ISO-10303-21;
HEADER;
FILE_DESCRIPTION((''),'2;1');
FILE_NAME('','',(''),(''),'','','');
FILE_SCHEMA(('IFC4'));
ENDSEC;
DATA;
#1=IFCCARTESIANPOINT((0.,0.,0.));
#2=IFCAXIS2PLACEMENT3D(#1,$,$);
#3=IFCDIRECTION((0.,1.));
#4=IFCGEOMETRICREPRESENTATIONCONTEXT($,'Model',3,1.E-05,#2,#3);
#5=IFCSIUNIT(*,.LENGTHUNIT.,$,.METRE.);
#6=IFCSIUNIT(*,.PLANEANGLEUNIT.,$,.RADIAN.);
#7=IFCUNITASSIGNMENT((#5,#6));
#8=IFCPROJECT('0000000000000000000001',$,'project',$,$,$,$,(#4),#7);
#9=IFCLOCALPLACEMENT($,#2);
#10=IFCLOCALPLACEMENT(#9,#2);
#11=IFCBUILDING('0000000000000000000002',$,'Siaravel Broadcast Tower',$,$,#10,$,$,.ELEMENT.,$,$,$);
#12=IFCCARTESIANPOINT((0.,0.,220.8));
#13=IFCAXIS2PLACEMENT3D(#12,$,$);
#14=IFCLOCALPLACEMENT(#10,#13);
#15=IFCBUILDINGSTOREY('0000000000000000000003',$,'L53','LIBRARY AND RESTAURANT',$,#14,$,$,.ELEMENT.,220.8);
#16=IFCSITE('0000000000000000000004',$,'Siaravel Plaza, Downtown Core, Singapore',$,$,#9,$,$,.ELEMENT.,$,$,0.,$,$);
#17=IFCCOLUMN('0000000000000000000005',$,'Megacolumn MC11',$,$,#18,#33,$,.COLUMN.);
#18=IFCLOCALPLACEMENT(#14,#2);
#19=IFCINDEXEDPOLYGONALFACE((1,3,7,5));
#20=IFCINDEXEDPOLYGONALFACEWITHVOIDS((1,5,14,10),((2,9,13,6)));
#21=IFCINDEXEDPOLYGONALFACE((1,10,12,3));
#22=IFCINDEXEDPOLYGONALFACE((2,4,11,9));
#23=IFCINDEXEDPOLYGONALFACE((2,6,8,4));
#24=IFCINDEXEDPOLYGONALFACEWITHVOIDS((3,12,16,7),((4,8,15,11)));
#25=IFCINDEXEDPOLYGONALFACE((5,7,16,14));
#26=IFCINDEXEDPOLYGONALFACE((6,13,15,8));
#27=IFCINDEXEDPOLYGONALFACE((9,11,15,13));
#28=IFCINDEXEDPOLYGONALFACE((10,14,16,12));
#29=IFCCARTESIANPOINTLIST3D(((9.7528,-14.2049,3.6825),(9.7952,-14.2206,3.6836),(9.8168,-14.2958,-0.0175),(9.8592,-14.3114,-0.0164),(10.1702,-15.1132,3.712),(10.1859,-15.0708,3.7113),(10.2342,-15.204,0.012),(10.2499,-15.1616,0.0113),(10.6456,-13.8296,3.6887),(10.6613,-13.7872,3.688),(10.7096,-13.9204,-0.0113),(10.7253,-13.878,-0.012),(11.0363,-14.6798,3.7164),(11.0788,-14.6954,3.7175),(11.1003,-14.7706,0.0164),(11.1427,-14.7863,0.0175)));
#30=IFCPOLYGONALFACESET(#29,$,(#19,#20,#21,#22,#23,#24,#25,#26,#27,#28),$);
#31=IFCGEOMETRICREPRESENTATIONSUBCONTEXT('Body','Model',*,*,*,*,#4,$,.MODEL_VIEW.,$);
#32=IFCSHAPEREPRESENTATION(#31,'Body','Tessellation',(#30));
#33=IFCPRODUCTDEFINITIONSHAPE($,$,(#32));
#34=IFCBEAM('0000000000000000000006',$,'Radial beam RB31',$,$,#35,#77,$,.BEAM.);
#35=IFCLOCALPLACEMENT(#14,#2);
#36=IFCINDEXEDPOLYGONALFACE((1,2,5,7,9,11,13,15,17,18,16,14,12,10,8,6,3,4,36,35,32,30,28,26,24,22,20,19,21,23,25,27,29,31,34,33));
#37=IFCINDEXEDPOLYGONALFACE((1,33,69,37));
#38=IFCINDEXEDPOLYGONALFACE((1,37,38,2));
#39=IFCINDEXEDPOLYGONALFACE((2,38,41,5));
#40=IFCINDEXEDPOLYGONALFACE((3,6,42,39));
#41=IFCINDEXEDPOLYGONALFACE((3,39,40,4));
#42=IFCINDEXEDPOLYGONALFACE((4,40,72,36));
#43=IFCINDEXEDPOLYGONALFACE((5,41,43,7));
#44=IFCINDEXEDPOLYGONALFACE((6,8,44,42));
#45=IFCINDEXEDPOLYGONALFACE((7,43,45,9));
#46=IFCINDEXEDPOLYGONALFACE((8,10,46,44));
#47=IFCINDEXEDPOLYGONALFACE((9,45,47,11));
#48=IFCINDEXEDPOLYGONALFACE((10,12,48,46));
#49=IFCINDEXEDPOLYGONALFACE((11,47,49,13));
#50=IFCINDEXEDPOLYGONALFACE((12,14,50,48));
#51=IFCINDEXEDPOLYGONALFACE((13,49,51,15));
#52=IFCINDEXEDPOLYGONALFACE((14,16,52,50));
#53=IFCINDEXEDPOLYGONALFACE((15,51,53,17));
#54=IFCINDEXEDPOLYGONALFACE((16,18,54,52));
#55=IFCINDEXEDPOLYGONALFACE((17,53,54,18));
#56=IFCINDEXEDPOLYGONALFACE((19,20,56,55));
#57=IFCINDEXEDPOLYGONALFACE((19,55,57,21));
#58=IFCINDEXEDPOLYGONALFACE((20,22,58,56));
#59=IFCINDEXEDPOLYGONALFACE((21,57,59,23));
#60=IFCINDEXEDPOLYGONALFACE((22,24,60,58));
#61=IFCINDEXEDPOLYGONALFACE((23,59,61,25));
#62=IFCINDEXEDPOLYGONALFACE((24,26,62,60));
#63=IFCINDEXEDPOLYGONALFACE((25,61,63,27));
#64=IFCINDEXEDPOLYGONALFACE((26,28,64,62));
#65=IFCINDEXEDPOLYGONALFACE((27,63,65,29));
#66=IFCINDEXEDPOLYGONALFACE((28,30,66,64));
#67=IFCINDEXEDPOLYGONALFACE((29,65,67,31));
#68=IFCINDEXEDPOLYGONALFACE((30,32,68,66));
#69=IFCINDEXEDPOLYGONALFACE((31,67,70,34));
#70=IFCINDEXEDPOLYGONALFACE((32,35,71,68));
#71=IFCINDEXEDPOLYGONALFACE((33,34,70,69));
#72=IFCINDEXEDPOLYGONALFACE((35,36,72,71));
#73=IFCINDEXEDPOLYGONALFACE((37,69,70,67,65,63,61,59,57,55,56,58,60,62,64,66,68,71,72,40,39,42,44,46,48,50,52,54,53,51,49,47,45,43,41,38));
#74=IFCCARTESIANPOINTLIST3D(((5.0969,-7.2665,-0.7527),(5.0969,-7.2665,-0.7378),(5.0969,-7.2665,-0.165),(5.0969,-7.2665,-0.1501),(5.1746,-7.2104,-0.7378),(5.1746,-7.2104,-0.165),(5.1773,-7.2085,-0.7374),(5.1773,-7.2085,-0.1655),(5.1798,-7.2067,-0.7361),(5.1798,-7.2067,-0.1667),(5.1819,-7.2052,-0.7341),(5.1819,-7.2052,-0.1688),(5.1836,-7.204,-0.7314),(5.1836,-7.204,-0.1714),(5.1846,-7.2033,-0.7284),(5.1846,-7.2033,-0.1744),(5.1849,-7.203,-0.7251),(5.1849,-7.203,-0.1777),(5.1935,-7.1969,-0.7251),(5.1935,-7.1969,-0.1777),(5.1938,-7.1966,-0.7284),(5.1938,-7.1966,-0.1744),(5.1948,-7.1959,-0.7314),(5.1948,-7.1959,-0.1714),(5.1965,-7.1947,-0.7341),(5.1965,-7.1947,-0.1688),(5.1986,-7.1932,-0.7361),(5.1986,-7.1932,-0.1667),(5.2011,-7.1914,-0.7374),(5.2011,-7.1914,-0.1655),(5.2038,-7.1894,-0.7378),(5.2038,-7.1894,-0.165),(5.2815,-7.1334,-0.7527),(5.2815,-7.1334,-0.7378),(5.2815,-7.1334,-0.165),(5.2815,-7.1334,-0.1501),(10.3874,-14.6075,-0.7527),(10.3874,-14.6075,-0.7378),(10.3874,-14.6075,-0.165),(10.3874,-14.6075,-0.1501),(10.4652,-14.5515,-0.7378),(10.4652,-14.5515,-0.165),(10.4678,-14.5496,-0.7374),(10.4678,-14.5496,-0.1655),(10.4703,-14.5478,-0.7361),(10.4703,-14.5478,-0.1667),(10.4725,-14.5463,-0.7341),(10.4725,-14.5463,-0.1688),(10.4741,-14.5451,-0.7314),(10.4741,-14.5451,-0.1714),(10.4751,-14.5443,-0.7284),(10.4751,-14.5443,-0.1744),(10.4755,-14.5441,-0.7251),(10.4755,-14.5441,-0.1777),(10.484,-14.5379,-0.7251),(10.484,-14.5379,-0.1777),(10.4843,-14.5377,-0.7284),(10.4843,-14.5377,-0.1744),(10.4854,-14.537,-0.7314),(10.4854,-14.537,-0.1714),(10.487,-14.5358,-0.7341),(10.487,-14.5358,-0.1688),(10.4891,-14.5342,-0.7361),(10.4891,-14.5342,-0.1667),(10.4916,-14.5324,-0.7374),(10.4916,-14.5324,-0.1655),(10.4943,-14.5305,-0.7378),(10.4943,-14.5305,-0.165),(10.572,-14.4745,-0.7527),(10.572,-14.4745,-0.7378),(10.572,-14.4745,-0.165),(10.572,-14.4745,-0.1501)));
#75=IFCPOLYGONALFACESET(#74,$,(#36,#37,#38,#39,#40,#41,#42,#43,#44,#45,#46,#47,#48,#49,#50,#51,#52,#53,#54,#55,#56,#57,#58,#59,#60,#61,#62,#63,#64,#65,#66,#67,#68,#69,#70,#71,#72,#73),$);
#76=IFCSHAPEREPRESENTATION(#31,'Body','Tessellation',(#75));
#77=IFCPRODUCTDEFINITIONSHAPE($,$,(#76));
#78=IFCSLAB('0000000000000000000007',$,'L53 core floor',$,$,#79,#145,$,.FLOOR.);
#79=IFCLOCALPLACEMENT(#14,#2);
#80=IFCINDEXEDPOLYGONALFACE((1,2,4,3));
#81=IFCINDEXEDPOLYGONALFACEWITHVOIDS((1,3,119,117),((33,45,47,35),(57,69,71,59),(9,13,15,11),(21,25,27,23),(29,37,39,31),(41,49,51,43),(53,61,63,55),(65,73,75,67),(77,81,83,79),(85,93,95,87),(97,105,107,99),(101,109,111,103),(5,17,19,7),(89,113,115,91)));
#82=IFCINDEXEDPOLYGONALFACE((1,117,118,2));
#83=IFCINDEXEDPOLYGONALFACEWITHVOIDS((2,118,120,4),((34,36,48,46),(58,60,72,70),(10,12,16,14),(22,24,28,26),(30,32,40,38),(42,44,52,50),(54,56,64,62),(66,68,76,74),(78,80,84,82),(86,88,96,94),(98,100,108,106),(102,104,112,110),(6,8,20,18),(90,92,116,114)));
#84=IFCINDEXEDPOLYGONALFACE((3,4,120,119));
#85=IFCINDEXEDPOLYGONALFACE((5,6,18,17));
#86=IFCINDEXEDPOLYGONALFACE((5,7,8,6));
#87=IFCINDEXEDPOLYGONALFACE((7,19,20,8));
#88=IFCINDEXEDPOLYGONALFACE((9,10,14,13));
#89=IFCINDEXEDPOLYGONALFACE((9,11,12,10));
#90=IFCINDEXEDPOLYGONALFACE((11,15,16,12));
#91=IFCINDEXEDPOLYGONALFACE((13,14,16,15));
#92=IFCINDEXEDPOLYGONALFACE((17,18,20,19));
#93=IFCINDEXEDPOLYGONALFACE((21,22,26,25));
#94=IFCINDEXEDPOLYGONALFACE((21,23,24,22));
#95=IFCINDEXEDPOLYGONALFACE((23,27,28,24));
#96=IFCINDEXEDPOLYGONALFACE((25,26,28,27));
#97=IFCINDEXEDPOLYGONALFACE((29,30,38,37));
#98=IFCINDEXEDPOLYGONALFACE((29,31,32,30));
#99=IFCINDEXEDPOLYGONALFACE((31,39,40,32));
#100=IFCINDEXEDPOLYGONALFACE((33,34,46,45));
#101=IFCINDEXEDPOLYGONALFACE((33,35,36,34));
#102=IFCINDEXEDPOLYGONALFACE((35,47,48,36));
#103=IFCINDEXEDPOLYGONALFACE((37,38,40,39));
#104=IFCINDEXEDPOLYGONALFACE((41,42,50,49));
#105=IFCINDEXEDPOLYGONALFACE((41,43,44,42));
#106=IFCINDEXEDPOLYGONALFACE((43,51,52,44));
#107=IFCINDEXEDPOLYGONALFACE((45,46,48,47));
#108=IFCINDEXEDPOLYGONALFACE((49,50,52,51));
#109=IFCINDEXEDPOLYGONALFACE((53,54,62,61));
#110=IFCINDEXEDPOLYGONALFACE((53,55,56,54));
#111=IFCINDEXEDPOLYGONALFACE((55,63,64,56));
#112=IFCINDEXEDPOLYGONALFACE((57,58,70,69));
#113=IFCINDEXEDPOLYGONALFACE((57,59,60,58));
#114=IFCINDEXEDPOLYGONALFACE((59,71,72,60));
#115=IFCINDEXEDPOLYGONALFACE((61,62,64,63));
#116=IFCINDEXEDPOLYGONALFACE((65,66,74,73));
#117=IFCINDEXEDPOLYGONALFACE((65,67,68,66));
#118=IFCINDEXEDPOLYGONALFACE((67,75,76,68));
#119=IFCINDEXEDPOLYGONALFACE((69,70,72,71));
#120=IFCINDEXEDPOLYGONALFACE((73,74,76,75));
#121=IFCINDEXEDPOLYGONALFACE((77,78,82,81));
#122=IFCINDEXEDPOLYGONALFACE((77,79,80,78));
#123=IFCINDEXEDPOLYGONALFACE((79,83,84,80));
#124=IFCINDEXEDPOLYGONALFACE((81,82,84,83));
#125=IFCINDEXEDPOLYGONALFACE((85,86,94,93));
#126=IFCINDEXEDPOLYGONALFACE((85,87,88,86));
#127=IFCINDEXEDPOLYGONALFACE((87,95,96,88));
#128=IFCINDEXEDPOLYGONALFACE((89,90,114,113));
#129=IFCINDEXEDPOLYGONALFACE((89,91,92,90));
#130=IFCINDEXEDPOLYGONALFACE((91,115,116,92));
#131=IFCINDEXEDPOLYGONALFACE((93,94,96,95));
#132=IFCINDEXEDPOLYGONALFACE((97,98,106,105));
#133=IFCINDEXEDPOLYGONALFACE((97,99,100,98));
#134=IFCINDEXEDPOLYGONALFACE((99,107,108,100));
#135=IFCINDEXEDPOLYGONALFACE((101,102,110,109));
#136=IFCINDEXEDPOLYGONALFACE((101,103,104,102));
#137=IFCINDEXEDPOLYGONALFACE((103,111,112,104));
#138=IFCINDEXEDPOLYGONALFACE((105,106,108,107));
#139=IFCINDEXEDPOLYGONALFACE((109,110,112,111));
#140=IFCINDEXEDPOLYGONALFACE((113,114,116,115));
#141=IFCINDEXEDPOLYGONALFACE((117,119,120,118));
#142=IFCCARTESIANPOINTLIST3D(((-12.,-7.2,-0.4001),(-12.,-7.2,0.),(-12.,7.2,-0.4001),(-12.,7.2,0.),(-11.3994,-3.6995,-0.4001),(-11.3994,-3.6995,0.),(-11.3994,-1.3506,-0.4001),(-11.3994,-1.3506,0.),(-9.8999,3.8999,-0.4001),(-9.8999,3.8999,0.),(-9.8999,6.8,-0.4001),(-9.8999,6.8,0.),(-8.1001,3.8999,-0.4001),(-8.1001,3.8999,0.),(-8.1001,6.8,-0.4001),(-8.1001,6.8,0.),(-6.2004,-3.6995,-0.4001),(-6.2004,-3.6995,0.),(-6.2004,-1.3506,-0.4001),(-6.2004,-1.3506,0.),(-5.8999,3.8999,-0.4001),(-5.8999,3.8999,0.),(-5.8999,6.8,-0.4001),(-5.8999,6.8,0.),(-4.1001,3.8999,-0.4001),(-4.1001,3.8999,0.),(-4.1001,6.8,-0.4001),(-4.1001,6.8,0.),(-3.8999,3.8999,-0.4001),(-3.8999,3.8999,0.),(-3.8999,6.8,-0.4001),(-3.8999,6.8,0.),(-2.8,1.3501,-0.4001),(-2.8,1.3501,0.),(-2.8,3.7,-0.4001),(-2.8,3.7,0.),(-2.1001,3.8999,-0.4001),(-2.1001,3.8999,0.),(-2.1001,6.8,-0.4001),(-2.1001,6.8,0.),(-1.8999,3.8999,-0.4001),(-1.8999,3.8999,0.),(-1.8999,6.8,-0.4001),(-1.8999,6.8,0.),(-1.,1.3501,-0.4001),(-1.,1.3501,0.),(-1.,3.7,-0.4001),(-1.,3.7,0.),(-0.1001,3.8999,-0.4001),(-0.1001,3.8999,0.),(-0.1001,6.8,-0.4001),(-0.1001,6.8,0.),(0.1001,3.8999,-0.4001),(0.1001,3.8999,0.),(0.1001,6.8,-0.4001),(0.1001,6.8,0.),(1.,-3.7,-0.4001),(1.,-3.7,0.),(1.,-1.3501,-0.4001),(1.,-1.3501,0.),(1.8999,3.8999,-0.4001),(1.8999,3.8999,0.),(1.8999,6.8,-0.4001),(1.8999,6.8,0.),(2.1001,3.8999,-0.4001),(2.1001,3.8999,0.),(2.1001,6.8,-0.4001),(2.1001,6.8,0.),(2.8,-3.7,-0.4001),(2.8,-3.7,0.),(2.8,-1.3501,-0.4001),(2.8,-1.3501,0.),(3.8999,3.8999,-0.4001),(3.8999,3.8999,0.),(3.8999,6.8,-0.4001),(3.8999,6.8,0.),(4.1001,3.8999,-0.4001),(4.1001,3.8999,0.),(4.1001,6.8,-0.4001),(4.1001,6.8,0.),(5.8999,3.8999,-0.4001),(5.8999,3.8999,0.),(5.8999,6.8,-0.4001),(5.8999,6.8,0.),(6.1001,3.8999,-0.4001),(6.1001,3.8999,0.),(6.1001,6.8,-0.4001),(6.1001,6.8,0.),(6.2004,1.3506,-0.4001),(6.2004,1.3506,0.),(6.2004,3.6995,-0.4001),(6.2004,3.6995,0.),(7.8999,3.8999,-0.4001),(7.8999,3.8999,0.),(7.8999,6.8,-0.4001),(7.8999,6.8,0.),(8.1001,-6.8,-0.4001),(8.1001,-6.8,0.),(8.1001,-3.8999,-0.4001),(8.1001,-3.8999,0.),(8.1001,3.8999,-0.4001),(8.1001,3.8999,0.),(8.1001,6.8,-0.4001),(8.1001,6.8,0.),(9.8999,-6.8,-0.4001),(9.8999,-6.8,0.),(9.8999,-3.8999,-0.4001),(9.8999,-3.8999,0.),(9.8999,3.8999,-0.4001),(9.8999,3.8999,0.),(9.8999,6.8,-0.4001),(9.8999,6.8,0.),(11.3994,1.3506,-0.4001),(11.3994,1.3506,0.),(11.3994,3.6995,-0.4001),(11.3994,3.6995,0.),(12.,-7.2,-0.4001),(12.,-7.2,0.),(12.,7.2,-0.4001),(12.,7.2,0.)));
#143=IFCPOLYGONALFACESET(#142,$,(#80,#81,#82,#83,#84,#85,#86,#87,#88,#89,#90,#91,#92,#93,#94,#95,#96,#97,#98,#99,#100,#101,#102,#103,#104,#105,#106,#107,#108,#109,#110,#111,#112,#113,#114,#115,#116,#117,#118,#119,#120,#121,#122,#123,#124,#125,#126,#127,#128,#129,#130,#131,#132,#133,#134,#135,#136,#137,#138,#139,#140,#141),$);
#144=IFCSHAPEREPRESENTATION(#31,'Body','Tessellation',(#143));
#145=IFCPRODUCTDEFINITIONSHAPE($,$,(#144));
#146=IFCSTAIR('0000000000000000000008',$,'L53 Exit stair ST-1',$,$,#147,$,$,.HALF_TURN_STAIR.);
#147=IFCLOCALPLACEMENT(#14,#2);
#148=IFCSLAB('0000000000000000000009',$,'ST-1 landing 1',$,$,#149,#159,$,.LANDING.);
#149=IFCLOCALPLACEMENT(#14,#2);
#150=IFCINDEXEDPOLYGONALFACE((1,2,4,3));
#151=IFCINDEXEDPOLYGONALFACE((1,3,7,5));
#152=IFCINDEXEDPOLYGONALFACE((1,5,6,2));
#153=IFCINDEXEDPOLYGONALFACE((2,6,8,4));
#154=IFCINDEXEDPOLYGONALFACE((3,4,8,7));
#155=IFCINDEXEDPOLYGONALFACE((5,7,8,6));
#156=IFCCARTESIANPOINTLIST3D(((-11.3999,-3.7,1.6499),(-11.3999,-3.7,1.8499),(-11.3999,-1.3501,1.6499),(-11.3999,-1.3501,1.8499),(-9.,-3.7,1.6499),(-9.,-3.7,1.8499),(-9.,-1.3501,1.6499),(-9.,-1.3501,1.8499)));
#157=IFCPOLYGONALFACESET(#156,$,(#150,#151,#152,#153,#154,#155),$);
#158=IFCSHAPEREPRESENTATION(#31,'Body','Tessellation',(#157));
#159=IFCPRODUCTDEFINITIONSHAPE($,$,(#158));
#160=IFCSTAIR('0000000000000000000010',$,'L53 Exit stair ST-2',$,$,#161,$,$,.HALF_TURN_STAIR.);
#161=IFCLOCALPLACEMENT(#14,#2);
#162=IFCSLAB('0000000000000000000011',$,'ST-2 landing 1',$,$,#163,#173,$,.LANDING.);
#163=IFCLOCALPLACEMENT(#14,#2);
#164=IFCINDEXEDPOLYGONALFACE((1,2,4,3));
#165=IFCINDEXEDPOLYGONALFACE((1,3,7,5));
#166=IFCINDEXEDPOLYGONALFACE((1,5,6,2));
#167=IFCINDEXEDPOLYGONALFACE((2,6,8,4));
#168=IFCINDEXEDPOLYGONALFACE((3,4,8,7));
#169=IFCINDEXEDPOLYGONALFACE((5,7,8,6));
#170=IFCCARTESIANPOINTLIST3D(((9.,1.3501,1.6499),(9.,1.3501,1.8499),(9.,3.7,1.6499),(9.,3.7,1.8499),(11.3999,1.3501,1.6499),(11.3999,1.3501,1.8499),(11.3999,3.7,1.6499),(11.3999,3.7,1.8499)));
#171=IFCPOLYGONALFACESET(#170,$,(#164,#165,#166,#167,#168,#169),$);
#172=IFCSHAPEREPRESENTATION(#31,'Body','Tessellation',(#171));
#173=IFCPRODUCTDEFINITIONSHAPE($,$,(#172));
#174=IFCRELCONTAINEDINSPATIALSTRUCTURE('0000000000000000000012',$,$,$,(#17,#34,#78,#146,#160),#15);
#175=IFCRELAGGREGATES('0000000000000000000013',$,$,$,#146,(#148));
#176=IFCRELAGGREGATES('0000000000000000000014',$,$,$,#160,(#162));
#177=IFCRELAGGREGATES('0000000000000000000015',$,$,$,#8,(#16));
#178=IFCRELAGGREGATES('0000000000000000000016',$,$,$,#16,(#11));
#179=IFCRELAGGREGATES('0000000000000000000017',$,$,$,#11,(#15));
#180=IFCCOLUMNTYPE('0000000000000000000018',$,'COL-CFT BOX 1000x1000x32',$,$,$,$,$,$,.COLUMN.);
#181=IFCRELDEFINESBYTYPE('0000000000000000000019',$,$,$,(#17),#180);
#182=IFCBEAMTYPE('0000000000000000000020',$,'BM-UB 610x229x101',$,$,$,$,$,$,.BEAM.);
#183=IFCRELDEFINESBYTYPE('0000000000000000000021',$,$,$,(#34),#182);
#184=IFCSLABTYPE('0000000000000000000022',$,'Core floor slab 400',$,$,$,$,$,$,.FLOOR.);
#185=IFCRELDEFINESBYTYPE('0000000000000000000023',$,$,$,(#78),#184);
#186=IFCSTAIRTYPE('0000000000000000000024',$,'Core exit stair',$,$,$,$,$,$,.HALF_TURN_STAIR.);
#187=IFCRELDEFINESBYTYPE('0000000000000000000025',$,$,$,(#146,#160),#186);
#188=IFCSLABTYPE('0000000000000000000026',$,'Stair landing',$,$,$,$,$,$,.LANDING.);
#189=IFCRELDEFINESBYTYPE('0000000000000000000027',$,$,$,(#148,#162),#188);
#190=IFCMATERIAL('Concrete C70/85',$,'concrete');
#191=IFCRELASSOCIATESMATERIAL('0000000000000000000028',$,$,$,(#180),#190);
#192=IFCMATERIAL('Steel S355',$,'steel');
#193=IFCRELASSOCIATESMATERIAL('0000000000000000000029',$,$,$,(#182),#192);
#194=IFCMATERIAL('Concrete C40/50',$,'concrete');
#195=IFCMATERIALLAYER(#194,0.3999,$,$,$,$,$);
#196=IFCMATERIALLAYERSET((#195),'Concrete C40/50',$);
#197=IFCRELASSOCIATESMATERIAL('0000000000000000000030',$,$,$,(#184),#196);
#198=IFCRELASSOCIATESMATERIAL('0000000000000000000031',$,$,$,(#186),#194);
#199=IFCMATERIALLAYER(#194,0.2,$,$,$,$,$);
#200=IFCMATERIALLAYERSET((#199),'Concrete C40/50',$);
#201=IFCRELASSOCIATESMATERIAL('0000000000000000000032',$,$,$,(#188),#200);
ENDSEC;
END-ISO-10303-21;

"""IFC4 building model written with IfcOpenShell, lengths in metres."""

from ifc_helpers import new_model, si_unit, direction, frame, origin, origin_2d, place, context, subcontext, project, spatial, polyline, hollow_rectangle, i_section, outline, extrude, material, layer, layer_set, material_profile, profile_set, type_object, element, aggregate, save


model = new_model("IFC4")

# Units and contexts
model_context = context("Model", 3, precision=1e-05, world=origin(), true_north=direction((0.0, 1.0)))
body_context = subcontext(model_context, "Body", "Model", "MODEL_VIEW")
ifc_project = project(units=[si_unit("LENGTHUNIT", "METRE"), si_unit("PLANEANGLEUNIT", "RADIAN")], contexts=[model_context])

# Site, building, storey
site_placement = place(None, origin())
site = spatial("IfcSite", under=ifc_project, at=site_placement, Name="Siaravel Plaza, Downtown Core, Singapore", CompositionType="ELEMENT", RefElevation=0.0)
building_placement = place(site_placement, origin())
building = spatial("IfcBuilding", under=site, at=building_placement, Name="Siaravel Broadcast Tower", CompositionType="ELEMENT")
storey_placement = place(building_placement, frame((0.0, 0.0, 220.8)))
storey = spatial("IfcBuildingStorey", under=building, at=storey_placement, Name="L53", Description="LIBRARY AND RESTAURANT", CompositionType="ELEMENT", Elevation=220.8)

# Column
ifc_material_1 = material(Name="Concrete C70/85", Category="concrete")
ifc_material_profile_1 = material_profile(ifc_material_1, hollow_rectangle(XDim=1.0, YDim=1.0, WallThickness=0.032, at=origin_2d()))
ifc_profile_set_1 = profile_set([ifc_material_profile_1], Name="Concrete C70/85")
column_type = type_object("IfcColumnType", Name="COL-CFT BOX 1000x1000x32", PredefinedType="COLUMN", material=ifc_profile_set_1)
column_placement = place(storey_placement, frame((10.4797, -14.541, 0.0), z_axis=(-0.01728, 0.024535, 0.99955), x_axis=(-0.908555, -0.417729, -0.005453)))
element("IfcColumn", 1, at=column_placement, inside=storey, type_object=column_type, Name="Megacolumn MC11", PredefinedType="COLUMN", context=body_context, shape_type="SweptSolid", body=[
    extrude(hollow_rectangle(XDim=1.0, YDim=1.0, WallThickness=0.032, at=origin_2d()), origin(), (0.0, 0.0, 1.0), 3.7017),
])

# Beam
ifc_material_2 = material(Name="Steel S355", Category="steel")
ifc_material_profile_2 = material_profile(ifc_material_2, i_section(OverallWidth=0.2275, OverallDepth=0.6025, WebThickness=0.0105, FlangeThickness=0.0149, FilletRadius=0.0127, at=origin_2d()))
ifc_profile_set_2 = profile_set([ifc_material_profile_2], Name="Steel S355")
beam_type = type_object("IfcBeamType", Name="BM-UB 610x229x101", PredefinedType="BEAM", material=ifc_profile_set_2)
beam_placement = place(storey_placement, frame((10.4797, -14.541, -0.4514), z_axis=(-0.584666, 0.811274, 0.0), x_axis=(-0.811274, -0.584666, 0.0)))
element("IfcBeam", 2, at=beam_placement, inside=storey, type_object=beam_type, Name="Radial beam RB31", PredefinedType="BEAM", context=body_context, shape_type="SweptSolid", body=[
    extrude(i_section(OverallWidth=0.2275, OverallDepth=0.6025, WebThickness=0.0105, FlangeThickness=0.0149, FilletRadius=0.0127, at=origin_2d()), origin(), (0.0, 0.0, 1.0), 9.0488),
])

# Slab
ifc_material_3 = material(Name="Concrete C40/50", Category="concrete")
ifc_layer_1 = layer(ifc_material_3, 0.3999)
ifc_layer_set_1 = layer_set([ifc_layer_1], Name="Concrete C40/50")
slab_type_1 = type_object("IfcSlabType", Name="Core floor slab 400", PredefinedType="FLOOR", material=ifc_layer_set_1)
slab_1_placement = place(storey_placement, frame((0.0, 0.0, -0.4001)))
element("IfcSlab", 3, at=slab_1_placement, inside=storey, type_object=slab_type_1, Name="L53 core floor", PredefinedType="FLOOR", context=body_context, shape_type="SweptSolid", body=[
    extrude(outline(polyline([(-12.0, -7.2), (-12.0, 7.2), (12.0, 7.2), (12.0, -7.2), (-12.0, -7.2)]), holes=[polyline([(11.3994, 1.3506), (11.3994, 3.6995), (6.2004, 3.6995), (6.2004, 1.3506), (11.3994, 1.3506)]), polyline([(8.1001, -3.8999), (8.1001, -6.8), (9.8999, -6.8), (9.8999, -3.8999), (8.1001, -3.8999)]), polyline([(9.8999, 6.8), (8.1001, 6.8), (8.1001, 3.8999), (9.8999, 3.8999), (9.8999, 6.8)]), polyline([(7.8999, 6.8), (6.1001, 6.8), (6.1001, 3.8999), (7.8999, 3.8999), (7.8999, 6.8)]), polyline([(5.8999, 6.8), (4.1001, 6.8), (4.1001, 3.8999), (5.8999, 3.8999), (5.8999, 6.8)]), polyline([(3.8999, 6.8), (2.1001, 6.8), (2.1001, 3.8999), (3.8999, 3.8999), (3.8999, 6.8)]), polyline([(2.8, -1.3501), (1.0, -1.3501), (1.0, -3.7), (2.8, -3.7), (2.8, -1.3501)]), polyline([(1.8999, 6.8), (0.1001, 6.8), (0.1001, 3.8999), (1.8999, 3.8999), (1.8999, 6.8)]), polyline([(-0.1001, 6.8), (-1.8999, 6.8), (-1.8999, 3.8999), (-0.1001, 3.8999), (-0.1001, 6.8)]), polyline([(-1.0, 3.7), (-2.8, 3.7), (-2.8, 1.3501), (-1.0, 1.3501), (-1.0, 3.7)]), polyline([(-2.1001, 6.8), (-3.8999, 6.8), (-3.8999, 3.8999), (-2.1001, 3.8999), (-2.1001, 6.8)]), polyline([(-4.1001, 6.8), (-5.8999, 6.8), (-5.8999, 3.8999), (-4.1001, 3.8999), (-4.1001, 6.8)]), polyline([(-11.3994, -3.6995), (-6.2004, -3.6995), (-6.2004, -1.3506), (-11.3994, -1.3506), (-11.3994, -3.6995)]), polyline([(-8.1001, 6.8), (-9.8999, 6.8), (-9.8999, 3.8999), (-8.1001, 3.8999), (-8.1001, 6.8)])]), origin(), (0.0, 0.0, 1.0), 0.4001),
])

# Stairs, slabs
stair_type = type_object("IfcStairType", Name="Core exit stair", PredefinedType="HALF_TURN_STAIR", material=ifc_material_3)
stair_1_placement = place(storey_placement, origin())
stair_1 = element("IfcStair", 4, at=stair_1_placement, inside=storey, type_object=stair_type, Name="L53 Exit stair ST-1", PredefinedType="HALF_TURN_STAIR")
ifc_layer_2 = layer(ifc_material_3, 0.2)
ifc_layer_set_2 = layer_set([ifc_layer_2], Name="Concrete C40/50")
slab_type_2 = type_object("IfcSlabType", Name="Stair landing", PredefinedType="LANDING", material=ifc_layer_set_2)
slab_2_placement = place(storey_placement, frame((0.0, 0.0, 1.6499)))
slab_2 = element("IfcSlab", 5, at=slab_2_placement, type_object=slab_type_2, Name="ST-1 landing 1", PredefinedType="LANDING", context=body_context, shape_type="SweptSolid", body=[
    extrude(outline(polyline([(-9.0, -1.3501), (-11.3999, -1.3501), (-11.3999, -3.7), (-9.0, -3.7), (-9.0, -1.3501)])), origin(), (0.0, 0.0, 1.0), 0.2),
])
aggregate(stair_1, [slab_2])
stair_2_placement = place(storey_placement, origin())
stair_2 = element("IfcStair", 6, at=stair_2_placement, inside=storey, type_object=stair_type, Name="L53 Exit stair ST-2", PredefinedType="HALF_TURN_STAIR")
slab_3_placement = place(storey_placement, frame((0.0, 0.0, 1.6499)))
slab_3 = element("IfcSlab", 7, at=slab_3_placement, type_object=slab_type_2, Name="ST-2 landing 1", PredefinedType="LANDING", context=body_context, shape_type="SweptSolid", body=[
    extrude(outline(polyline([(9.0, 1.3501), (11.3999, 1.3501), (11.3999, 3.7), (9.0, 3.7), (9.0, 1.3501)])), origin(), (0.0, 0.0, 1.0), 0.2),
])
aggregate(stair_2, [slab_3])

save(model, "model.ifc")
